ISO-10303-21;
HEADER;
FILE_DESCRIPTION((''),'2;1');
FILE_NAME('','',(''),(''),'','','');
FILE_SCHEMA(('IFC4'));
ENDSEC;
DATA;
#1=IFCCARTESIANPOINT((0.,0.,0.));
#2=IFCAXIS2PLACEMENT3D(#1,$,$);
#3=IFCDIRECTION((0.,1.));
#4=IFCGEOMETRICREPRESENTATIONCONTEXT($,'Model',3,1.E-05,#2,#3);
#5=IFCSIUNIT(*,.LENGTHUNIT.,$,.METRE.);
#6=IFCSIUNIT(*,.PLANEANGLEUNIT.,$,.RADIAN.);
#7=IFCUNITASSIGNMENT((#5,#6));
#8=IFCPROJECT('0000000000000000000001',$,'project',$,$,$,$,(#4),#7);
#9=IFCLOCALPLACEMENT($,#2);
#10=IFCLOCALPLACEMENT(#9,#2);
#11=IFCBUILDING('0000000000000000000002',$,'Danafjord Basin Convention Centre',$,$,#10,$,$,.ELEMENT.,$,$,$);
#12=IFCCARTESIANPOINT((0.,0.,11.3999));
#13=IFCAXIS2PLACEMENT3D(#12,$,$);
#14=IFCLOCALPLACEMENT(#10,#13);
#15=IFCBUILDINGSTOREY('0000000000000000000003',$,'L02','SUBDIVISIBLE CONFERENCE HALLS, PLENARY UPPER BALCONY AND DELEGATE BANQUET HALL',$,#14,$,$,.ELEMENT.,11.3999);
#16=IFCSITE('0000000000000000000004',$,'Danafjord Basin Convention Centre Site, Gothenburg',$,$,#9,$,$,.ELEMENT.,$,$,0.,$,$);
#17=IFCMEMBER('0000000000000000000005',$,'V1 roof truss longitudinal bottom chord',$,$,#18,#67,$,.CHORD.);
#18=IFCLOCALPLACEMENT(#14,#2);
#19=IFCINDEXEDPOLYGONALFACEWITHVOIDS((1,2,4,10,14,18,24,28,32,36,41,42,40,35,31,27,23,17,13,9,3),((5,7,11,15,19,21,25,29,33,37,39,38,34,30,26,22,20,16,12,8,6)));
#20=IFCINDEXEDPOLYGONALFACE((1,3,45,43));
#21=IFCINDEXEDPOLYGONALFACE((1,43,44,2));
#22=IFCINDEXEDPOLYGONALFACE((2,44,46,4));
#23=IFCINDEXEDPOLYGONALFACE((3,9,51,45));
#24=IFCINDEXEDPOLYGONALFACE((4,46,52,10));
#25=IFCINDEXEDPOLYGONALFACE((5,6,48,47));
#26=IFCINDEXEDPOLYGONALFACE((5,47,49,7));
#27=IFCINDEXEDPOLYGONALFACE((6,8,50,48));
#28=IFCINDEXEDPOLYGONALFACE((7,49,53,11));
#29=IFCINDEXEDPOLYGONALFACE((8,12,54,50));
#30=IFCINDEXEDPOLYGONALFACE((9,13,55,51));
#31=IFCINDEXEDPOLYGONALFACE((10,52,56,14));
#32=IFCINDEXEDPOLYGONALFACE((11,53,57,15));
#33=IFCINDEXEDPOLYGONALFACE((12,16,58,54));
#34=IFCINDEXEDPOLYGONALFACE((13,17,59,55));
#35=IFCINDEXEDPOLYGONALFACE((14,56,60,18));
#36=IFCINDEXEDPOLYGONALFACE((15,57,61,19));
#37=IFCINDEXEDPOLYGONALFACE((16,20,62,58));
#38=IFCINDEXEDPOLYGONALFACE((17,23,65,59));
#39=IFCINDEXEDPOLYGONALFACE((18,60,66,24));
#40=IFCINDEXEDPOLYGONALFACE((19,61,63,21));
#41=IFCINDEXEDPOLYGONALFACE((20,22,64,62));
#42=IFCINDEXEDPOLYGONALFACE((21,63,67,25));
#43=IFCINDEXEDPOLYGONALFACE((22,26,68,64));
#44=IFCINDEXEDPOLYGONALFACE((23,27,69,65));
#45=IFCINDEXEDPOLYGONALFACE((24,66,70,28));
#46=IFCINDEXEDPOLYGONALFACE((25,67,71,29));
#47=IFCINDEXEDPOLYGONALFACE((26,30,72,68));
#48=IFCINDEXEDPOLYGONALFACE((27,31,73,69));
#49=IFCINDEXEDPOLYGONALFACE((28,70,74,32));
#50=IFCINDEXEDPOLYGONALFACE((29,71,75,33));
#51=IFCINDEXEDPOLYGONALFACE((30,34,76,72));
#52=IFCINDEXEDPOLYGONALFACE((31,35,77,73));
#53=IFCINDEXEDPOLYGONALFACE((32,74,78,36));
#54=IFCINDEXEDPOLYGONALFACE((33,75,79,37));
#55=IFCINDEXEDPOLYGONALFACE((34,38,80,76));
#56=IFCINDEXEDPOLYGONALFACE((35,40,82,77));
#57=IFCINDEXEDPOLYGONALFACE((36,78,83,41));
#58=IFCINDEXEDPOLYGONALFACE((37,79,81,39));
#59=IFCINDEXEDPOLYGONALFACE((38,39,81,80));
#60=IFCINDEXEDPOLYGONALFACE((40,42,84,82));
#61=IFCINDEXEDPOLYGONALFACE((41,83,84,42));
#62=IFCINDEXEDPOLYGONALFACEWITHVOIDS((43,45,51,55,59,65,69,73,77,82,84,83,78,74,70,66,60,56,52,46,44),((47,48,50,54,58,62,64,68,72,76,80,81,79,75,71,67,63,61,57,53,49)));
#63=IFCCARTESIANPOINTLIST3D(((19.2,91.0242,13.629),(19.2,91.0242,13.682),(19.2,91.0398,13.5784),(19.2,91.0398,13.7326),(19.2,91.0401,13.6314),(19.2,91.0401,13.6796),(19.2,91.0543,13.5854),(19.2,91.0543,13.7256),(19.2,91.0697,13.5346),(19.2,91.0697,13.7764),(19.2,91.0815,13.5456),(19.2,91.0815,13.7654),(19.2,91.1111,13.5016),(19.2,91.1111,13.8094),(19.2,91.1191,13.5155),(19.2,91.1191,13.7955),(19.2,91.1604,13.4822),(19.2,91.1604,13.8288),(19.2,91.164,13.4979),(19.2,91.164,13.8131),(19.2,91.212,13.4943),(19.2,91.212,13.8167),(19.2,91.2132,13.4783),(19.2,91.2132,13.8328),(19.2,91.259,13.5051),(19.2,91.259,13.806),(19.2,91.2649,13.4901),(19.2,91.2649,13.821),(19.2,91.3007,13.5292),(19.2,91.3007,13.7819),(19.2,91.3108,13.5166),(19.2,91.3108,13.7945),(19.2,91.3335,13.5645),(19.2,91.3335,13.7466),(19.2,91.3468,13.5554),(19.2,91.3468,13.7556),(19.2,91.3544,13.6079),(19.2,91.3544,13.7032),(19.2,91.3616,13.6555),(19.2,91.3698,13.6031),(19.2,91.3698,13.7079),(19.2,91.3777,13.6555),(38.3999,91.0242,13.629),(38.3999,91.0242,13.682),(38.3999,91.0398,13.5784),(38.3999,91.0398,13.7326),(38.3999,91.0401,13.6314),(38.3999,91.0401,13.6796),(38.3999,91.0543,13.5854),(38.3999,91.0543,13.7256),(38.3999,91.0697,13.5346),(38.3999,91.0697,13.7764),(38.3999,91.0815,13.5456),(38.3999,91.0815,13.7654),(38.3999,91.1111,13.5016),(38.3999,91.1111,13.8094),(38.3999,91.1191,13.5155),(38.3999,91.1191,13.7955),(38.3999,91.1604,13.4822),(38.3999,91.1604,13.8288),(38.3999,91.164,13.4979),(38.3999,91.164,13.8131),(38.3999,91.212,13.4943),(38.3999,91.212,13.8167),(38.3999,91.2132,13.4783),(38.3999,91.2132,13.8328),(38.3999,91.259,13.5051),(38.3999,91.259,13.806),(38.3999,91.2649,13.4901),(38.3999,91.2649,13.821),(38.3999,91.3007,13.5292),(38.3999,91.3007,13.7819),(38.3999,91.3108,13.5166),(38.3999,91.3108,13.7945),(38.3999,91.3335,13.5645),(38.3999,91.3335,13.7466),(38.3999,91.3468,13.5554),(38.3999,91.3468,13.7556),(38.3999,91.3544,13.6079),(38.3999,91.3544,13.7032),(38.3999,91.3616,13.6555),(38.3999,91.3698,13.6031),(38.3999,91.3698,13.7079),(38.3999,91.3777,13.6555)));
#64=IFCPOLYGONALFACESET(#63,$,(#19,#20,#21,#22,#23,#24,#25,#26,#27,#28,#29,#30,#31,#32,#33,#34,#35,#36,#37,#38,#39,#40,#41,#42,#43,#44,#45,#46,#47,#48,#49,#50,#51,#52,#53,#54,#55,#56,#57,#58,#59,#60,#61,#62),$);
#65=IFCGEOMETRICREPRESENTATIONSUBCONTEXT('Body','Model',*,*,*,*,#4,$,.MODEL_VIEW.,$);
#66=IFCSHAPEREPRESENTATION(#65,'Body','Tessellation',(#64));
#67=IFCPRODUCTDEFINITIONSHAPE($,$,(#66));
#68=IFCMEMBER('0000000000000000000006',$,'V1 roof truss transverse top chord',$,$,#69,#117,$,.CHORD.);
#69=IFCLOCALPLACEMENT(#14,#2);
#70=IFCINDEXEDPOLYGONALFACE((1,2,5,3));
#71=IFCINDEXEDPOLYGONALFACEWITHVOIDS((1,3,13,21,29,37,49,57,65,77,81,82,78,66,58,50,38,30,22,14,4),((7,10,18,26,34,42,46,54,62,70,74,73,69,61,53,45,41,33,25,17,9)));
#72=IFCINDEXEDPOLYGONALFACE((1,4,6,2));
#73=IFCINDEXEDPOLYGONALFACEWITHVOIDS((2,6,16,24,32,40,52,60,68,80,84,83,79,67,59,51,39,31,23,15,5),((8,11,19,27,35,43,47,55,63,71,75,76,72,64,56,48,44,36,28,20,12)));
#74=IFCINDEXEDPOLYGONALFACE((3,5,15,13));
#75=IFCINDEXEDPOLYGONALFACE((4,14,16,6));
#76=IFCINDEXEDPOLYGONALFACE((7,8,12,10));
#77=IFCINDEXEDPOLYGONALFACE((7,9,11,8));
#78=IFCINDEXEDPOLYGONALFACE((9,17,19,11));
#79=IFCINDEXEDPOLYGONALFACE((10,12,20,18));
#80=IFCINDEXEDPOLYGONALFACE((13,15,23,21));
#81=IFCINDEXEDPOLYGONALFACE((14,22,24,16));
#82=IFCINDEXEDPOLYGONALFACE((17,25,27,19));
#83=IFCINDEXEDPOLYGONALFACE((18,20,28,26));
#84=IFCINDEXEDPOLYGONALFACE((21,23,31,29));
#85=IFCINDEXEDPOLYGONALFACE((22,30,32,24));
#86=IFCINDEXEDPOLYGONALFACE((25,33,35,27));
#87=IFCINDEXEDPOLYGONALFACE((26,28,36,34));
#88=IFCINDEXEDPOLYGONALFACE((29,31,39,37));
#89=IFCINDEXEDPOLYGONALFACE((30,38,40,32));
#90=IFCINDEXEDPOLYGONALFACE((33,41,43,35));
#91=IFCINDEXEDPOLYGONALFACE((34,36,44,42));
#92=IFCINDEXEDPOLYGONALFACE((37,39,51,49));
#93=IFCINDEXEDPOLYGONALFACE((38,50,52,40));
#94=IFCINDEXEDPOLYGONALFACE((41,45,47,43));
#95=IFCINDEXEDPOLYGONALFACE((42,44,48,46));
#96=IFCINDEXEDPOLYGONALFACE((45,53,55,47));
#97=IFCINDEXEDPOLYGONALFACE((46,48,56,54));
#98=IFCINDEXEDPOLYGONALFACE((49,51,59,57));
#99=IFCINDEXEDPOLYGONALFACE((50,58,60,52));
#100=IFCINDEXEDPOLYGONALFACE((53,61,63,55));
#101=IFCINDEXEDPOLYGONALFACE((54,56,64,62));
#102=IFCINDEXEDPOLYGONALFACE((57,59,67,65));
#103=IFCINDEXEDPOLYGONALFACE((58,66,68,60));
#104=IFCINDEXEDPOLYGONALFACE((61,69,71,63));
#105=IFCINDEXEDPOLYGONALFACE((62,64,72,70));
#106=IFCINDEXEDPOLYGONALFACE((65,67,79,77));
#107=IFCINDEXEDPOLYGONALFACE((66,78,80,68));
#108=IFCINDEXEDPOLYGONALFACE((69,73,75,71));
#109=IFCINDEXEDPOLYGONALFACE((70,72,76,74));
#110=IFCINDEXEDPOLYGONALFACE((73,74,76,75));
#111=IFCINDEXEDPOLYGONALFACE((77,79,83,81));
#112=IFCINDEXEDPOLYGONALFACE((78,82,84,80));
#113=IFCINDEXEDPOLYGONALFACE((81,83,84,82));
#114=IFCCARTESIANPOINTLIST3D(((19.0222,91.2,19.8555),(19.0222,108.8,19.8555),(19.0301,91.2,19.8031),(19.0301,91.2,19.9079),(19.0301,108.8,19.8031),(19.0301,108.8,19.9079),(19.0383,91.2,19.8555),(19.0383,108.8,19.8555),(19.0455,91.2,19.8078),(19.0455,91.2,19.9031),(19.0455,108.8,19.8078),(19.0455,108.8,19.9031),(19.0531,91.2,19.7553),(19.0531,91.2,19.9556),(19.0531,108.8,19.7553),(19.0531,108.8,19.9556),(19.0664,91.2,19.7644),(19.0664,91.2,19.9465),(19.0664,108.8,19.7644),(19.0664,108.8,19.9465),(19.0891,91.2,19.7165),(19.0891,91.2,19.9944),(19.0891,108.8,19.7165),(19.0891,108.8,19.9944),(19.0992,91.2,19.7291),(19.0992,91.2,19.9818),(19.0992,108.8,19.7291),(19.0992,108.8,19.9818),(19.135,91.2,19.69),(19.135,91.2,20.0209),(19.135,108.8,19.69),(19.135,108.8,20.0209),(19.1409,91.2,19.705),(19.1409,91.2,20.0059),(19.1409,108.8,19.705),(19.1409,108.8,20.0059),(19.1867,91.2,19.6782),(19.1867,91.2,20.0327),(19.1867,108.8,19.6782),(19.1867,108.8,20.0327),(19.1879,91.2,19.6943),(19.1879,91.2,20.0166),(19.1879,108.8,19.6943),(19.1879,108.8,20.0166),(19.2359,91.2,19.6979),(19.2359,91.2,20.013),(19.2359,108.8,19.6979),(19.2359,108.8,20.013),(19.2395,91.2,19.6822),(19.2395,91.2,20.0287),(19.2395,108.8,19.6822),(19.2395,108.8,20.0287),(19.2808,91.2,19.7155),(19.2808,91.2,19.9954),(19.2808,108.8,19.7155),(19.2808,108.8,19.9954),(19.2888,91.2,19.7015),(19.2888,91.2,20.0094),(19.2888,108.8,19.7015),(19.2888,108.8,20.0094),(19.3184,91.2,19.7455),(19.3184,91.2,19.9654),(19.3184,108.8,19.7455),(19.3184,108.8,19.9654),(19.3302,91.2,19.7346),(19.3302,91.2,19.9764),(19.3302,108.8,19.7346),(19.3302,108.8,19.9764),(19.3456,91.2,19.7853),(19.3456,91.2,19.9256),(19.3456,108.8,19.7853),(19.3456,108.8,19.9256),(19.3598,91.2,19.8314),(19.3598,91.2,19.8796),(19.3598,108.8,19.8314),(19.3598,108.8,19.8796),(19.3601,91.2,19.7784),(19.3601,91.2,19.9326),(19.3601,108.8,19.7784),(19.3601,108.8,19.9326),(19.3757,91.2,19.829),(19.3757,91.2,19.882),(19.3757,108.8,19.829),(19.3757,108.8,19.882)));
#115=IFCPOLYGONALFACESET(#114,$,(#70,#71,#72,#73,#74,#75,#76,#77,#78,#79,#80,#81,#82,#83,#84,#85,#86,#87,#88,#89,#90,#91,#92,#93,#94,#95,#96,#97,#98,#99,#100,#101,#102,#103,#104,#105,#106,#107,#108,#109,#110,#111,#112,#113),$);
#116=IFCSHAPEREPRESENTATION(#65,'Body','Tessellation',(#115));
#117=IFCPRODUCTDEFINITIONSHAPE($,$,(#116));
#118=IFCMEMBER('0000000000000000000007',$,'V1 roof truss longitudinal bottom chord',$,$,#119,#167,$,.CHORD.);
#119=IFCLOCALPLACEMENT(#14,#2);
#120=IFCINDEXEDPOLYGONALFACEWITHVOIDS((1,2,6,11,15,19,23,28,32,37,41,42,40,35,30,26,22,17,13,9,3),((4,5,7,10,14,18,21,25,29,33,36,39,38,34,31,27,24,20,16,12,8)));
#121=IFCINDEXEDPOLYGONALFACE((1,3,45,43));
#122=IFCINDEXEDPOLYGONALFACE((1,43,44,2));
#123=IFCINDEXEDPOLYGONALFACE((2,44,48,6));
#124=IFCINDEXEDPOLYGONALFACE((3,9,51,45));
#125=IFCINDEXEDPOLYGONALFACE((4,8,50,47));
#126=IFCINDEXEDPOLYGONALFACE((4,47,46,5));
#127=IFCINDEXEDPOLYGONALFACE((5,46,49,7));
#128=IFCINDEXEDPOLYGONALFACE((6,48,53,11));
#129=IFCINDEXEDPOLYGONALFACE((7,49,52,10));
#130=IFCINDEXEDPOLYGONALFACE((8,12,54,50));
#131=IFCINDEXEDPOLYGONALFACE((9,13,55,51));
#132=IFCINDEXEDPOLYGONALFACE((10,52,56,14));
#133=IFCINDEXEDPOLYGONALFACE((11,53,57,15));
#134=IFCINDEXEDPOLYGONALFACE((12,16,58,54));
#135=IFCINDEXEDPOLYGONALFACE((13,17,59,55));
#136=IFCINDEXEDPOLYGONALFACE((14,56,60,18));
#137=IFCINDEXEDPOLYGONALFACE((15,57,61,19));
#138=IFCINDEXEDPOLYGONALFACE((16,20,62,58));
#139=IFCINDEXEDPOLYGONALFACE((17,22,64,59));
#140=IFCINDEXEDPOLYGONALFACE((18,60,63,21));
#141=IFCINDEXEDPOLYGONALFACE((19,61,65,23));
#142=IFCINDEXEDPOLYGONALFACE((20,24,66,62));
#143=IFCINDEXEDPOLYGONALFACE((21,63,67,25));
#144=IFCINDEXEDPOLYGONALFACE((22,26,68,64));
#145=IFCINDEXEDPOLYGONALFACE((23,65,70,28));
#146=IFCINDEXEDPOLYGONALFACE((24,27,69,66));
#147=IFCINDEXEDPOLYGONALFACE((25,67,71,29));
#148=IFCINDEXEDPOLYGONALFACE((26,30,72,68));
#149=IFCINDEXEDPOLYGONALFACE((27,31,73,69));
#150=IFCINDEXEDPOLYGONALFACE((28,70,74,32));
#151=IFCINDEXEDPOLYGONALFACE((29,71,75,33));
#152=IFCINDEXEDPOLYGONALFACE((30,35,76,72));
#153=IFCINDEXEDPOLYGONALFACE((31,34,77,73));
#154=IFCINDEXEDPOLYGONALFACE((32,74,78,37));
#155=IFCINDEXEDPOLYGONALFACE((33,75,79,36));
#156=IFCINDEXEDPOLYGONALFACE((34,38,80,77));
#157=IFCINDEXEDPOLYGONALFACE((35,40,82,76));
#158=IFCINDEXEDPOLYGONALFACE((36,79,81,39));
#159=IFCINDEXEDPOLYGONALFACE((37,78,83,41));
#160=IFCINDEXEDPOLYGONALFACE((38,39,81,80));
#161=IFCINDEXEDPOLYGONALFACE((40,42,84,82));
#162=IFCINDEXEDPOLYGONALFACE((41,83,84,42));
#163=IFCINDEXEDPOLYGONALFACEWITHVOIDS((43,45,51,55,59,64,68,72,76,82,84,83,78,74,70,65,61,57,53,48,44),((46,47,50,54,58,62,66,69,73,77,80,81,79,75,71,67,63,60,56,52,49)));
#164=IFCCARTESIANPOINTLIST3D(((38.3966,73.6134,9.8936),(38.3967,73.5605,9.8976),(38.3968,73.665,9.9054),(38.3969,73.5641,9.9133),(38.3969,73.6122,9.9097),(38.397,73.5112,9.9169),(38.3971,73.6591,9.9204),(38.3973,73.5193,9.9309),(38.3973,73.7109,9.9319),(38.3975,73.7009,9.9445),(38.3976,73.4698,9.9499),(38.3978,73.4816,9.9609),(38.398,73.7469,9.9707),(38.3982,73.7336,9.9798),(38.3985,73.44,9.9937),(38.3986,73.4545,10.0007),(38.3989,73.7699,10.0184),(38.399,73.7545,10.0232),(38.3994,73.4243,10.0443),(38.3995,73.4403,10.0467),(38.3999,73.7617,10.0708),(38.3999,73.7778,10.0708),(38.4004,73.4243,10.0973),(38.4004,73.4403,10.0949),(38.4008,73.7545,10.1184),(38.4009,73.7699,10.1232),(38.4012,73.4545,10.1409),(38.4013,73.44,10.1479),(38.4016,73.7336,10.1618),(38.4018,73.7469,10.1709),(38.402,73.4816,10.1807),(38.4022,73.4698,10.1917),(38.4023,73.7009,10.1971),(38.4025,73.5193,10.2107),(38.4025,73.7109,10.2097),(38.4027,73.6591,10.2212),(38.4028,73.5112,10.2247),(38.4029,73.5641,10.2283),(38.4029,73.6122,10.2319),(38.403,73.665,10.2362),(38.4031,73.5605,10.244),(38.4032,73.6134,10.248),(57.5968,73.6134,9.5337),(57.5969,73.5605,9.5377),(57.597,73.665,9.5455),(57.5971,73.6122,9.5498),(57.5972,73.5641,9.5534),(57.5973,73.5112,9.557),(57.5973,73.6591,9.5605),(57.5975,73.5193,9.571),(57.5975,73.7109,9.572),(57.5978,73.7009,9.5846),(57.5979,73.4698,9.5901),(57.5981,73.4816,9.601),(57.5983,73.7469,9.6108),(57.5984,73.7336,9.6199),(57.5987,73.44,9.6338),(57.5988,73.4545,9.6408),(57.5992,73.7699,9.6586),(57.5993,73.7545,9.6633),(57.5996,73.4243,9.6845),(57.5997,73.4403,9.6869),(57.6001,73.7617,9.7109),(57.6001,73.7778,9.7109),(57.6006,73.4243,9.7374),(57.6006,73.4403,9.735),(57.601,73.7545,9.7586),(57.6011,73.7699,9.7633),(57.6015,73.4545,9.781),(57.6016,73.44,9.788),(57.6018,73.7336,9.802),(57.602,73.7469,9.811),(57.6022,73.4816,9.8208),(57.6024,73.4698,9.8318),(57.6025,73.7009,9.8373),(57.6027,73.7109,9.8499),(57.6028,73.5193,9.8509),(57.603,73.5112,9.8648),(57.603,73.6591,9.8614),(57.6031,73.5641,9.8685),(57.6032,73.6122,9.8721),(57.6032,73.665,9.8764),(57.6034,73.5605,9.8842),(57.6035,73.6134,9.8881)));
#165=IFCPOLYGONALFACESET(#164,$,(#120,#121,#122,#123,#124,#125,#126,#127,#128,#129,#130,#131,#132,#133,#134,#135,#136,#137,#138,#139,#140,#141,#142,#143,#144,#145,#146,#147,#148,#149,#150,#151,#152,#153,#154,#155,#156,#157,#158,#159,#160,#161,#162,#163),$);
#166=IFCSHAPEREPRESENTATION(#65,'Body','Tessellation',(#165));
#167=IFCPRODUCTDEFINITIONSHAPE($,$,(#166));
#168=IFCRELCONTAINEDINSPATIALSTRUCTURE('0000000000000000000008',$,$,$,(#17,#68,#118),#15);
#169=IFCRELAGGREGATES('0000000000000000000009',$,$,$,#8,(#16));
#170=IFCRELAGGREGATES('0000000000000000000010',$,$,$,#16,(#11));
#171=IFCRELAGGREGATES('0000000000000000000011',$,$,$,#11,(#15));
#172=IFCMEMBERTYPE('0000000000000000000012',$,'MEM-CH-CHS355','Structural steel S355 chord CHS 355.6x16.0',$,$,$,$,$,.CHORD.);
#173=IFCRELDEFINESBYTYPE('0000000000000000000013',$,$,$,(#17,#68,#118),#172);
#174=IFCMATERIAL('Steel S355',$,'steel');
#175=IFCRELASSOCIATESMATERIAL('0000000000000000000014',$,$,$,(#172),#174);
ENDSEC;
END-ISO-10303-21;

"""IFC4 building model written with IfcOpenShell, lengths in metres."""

from ifc_helpers import new_model, si_unit, direction, frame, origin, origin_2d, place, context, subcontext, project, spatial, hollow_circle, extrude, material, material_profile, profile_set, type_object, element, save


model = new_model("IFC4")

# Units and contexts
model_context = context("Model", 3, precision=1e-05, world=origin(), true_north=direction((0.0, 1.0)))
body_context = subcontext(model_context, "Body", "Model", "MODEL_VIEW")
ifc_project = project(units=[si_unit("LENGTHUNIT", "METRE"), si_unit("PLANEANGLEUNIT", "RADIAN")], contexts=[model_context])

# Site, building, storey
site_placement = place(None, origin())
site = spatial("IfcSite", under=ifc_project, at=site_placement, Name="Danafjord Basin Convention Centre Site, Gothenburg", CompositionType="ELEMENT", RefElevation=0.0)
building_placement = place(site_placement, origin())
building = spatial("IfcBuilding", under=site, at=building_placement, Name="Danafjord Basin Convention Centre", CompositionType="ELEMENT")
storey_placement = place(building_placement, frame((0.0, 0.0, 11.3999)))
storey = spatial("IfcBuildingStorey", under=building, at=storey_placement, Name="L02", Description="SUBDIVISIBLE CONFERENCE HALLS, PLENARY UPPER BALCONY AND DELEGATE BANQUET HALL", CompositionType="ELEMENT", Elevation=11.3999)

# Members
ifc_material = material(Name="Steel S355", Category="steel")
ifc_material_profile_1 = material_profile(ifc_material, hollow_circle(Radius=0.1777, WallThickness=0.0161, at=origin_2d()), Name="CHS 355.6x16.0")
ifc_profile_set_1 = profile_set([ifc_material_profile_1], Name="Steel S355")
member_type_1 = type_object("IfcMemberType", Name="MEM-CH-CHS355", Description="Structural steel S355 chord CHS 355.6x16.0", PredefinedType="CHORD", material=ifc_profile_set_1)
member_1_placement = place(storey_placement, frame((19.2, 91.2, 13.6555), z_axis=(1.0, 0.0, 0.0), x_axis=(0.0, 1.0, 0.0)))
element("IfcMember", 1, at=member_1_placement, inside=storey, type_object=member_type_1, Name="V1 roof truss longitudinal bottom chord", PredefinedType="CHORD", context=body_context, shape_type="SweptSolid", body=[
    extrude(hollow_circle(Radius=0.1777, WallThickness=0.0161, at=origin_2d()), origin(), (0.0, 0.0, 1.0), 19.2),
])
member_2_placement = place(storey_placement, frame((19.2, 91.2, 19.8555), z_axis=(0.0, 1.0, 0.0), x_axis=(-1.0, 0.0, 0.0)))
element("IfcMember", 2, at=member_2_placement, inside=storey, type_object=member_type_1, Name="V1 roof truss transverse top chord", PredefinedType="CHORD", context=body_context, shape_type="SweptSolid", body=[
    extrude(hollow_circle(Radius=0.1777, WallThickness=0.0161, at=origin_2d()), origin(), (0.0, 0.0, 1.0), 17.6001),
])
member_3_placement = place(storey_placement, frame((38.3999, 73.6001, 10.0708), z_axis=(0.999824, 0.0, -0.018739), x_axis=(0.0, 1.0, 0.0)))
element("IfcMember", 3, at=member_3_placement, inside=storey, type_object=member_type_1, Name="V1 roof truss longitudinal bottom chord", PredefinedType="CHORD", context=body_context, shape_type="SweptSolid", body=[
    extrude(hollow_circle(Radius=0.1777, WallThickness=0.0161, at=origin_2d()), origin(), (0.0, 0.0, 1.0), 19.2036),
])

save(model, "model.ifc")
